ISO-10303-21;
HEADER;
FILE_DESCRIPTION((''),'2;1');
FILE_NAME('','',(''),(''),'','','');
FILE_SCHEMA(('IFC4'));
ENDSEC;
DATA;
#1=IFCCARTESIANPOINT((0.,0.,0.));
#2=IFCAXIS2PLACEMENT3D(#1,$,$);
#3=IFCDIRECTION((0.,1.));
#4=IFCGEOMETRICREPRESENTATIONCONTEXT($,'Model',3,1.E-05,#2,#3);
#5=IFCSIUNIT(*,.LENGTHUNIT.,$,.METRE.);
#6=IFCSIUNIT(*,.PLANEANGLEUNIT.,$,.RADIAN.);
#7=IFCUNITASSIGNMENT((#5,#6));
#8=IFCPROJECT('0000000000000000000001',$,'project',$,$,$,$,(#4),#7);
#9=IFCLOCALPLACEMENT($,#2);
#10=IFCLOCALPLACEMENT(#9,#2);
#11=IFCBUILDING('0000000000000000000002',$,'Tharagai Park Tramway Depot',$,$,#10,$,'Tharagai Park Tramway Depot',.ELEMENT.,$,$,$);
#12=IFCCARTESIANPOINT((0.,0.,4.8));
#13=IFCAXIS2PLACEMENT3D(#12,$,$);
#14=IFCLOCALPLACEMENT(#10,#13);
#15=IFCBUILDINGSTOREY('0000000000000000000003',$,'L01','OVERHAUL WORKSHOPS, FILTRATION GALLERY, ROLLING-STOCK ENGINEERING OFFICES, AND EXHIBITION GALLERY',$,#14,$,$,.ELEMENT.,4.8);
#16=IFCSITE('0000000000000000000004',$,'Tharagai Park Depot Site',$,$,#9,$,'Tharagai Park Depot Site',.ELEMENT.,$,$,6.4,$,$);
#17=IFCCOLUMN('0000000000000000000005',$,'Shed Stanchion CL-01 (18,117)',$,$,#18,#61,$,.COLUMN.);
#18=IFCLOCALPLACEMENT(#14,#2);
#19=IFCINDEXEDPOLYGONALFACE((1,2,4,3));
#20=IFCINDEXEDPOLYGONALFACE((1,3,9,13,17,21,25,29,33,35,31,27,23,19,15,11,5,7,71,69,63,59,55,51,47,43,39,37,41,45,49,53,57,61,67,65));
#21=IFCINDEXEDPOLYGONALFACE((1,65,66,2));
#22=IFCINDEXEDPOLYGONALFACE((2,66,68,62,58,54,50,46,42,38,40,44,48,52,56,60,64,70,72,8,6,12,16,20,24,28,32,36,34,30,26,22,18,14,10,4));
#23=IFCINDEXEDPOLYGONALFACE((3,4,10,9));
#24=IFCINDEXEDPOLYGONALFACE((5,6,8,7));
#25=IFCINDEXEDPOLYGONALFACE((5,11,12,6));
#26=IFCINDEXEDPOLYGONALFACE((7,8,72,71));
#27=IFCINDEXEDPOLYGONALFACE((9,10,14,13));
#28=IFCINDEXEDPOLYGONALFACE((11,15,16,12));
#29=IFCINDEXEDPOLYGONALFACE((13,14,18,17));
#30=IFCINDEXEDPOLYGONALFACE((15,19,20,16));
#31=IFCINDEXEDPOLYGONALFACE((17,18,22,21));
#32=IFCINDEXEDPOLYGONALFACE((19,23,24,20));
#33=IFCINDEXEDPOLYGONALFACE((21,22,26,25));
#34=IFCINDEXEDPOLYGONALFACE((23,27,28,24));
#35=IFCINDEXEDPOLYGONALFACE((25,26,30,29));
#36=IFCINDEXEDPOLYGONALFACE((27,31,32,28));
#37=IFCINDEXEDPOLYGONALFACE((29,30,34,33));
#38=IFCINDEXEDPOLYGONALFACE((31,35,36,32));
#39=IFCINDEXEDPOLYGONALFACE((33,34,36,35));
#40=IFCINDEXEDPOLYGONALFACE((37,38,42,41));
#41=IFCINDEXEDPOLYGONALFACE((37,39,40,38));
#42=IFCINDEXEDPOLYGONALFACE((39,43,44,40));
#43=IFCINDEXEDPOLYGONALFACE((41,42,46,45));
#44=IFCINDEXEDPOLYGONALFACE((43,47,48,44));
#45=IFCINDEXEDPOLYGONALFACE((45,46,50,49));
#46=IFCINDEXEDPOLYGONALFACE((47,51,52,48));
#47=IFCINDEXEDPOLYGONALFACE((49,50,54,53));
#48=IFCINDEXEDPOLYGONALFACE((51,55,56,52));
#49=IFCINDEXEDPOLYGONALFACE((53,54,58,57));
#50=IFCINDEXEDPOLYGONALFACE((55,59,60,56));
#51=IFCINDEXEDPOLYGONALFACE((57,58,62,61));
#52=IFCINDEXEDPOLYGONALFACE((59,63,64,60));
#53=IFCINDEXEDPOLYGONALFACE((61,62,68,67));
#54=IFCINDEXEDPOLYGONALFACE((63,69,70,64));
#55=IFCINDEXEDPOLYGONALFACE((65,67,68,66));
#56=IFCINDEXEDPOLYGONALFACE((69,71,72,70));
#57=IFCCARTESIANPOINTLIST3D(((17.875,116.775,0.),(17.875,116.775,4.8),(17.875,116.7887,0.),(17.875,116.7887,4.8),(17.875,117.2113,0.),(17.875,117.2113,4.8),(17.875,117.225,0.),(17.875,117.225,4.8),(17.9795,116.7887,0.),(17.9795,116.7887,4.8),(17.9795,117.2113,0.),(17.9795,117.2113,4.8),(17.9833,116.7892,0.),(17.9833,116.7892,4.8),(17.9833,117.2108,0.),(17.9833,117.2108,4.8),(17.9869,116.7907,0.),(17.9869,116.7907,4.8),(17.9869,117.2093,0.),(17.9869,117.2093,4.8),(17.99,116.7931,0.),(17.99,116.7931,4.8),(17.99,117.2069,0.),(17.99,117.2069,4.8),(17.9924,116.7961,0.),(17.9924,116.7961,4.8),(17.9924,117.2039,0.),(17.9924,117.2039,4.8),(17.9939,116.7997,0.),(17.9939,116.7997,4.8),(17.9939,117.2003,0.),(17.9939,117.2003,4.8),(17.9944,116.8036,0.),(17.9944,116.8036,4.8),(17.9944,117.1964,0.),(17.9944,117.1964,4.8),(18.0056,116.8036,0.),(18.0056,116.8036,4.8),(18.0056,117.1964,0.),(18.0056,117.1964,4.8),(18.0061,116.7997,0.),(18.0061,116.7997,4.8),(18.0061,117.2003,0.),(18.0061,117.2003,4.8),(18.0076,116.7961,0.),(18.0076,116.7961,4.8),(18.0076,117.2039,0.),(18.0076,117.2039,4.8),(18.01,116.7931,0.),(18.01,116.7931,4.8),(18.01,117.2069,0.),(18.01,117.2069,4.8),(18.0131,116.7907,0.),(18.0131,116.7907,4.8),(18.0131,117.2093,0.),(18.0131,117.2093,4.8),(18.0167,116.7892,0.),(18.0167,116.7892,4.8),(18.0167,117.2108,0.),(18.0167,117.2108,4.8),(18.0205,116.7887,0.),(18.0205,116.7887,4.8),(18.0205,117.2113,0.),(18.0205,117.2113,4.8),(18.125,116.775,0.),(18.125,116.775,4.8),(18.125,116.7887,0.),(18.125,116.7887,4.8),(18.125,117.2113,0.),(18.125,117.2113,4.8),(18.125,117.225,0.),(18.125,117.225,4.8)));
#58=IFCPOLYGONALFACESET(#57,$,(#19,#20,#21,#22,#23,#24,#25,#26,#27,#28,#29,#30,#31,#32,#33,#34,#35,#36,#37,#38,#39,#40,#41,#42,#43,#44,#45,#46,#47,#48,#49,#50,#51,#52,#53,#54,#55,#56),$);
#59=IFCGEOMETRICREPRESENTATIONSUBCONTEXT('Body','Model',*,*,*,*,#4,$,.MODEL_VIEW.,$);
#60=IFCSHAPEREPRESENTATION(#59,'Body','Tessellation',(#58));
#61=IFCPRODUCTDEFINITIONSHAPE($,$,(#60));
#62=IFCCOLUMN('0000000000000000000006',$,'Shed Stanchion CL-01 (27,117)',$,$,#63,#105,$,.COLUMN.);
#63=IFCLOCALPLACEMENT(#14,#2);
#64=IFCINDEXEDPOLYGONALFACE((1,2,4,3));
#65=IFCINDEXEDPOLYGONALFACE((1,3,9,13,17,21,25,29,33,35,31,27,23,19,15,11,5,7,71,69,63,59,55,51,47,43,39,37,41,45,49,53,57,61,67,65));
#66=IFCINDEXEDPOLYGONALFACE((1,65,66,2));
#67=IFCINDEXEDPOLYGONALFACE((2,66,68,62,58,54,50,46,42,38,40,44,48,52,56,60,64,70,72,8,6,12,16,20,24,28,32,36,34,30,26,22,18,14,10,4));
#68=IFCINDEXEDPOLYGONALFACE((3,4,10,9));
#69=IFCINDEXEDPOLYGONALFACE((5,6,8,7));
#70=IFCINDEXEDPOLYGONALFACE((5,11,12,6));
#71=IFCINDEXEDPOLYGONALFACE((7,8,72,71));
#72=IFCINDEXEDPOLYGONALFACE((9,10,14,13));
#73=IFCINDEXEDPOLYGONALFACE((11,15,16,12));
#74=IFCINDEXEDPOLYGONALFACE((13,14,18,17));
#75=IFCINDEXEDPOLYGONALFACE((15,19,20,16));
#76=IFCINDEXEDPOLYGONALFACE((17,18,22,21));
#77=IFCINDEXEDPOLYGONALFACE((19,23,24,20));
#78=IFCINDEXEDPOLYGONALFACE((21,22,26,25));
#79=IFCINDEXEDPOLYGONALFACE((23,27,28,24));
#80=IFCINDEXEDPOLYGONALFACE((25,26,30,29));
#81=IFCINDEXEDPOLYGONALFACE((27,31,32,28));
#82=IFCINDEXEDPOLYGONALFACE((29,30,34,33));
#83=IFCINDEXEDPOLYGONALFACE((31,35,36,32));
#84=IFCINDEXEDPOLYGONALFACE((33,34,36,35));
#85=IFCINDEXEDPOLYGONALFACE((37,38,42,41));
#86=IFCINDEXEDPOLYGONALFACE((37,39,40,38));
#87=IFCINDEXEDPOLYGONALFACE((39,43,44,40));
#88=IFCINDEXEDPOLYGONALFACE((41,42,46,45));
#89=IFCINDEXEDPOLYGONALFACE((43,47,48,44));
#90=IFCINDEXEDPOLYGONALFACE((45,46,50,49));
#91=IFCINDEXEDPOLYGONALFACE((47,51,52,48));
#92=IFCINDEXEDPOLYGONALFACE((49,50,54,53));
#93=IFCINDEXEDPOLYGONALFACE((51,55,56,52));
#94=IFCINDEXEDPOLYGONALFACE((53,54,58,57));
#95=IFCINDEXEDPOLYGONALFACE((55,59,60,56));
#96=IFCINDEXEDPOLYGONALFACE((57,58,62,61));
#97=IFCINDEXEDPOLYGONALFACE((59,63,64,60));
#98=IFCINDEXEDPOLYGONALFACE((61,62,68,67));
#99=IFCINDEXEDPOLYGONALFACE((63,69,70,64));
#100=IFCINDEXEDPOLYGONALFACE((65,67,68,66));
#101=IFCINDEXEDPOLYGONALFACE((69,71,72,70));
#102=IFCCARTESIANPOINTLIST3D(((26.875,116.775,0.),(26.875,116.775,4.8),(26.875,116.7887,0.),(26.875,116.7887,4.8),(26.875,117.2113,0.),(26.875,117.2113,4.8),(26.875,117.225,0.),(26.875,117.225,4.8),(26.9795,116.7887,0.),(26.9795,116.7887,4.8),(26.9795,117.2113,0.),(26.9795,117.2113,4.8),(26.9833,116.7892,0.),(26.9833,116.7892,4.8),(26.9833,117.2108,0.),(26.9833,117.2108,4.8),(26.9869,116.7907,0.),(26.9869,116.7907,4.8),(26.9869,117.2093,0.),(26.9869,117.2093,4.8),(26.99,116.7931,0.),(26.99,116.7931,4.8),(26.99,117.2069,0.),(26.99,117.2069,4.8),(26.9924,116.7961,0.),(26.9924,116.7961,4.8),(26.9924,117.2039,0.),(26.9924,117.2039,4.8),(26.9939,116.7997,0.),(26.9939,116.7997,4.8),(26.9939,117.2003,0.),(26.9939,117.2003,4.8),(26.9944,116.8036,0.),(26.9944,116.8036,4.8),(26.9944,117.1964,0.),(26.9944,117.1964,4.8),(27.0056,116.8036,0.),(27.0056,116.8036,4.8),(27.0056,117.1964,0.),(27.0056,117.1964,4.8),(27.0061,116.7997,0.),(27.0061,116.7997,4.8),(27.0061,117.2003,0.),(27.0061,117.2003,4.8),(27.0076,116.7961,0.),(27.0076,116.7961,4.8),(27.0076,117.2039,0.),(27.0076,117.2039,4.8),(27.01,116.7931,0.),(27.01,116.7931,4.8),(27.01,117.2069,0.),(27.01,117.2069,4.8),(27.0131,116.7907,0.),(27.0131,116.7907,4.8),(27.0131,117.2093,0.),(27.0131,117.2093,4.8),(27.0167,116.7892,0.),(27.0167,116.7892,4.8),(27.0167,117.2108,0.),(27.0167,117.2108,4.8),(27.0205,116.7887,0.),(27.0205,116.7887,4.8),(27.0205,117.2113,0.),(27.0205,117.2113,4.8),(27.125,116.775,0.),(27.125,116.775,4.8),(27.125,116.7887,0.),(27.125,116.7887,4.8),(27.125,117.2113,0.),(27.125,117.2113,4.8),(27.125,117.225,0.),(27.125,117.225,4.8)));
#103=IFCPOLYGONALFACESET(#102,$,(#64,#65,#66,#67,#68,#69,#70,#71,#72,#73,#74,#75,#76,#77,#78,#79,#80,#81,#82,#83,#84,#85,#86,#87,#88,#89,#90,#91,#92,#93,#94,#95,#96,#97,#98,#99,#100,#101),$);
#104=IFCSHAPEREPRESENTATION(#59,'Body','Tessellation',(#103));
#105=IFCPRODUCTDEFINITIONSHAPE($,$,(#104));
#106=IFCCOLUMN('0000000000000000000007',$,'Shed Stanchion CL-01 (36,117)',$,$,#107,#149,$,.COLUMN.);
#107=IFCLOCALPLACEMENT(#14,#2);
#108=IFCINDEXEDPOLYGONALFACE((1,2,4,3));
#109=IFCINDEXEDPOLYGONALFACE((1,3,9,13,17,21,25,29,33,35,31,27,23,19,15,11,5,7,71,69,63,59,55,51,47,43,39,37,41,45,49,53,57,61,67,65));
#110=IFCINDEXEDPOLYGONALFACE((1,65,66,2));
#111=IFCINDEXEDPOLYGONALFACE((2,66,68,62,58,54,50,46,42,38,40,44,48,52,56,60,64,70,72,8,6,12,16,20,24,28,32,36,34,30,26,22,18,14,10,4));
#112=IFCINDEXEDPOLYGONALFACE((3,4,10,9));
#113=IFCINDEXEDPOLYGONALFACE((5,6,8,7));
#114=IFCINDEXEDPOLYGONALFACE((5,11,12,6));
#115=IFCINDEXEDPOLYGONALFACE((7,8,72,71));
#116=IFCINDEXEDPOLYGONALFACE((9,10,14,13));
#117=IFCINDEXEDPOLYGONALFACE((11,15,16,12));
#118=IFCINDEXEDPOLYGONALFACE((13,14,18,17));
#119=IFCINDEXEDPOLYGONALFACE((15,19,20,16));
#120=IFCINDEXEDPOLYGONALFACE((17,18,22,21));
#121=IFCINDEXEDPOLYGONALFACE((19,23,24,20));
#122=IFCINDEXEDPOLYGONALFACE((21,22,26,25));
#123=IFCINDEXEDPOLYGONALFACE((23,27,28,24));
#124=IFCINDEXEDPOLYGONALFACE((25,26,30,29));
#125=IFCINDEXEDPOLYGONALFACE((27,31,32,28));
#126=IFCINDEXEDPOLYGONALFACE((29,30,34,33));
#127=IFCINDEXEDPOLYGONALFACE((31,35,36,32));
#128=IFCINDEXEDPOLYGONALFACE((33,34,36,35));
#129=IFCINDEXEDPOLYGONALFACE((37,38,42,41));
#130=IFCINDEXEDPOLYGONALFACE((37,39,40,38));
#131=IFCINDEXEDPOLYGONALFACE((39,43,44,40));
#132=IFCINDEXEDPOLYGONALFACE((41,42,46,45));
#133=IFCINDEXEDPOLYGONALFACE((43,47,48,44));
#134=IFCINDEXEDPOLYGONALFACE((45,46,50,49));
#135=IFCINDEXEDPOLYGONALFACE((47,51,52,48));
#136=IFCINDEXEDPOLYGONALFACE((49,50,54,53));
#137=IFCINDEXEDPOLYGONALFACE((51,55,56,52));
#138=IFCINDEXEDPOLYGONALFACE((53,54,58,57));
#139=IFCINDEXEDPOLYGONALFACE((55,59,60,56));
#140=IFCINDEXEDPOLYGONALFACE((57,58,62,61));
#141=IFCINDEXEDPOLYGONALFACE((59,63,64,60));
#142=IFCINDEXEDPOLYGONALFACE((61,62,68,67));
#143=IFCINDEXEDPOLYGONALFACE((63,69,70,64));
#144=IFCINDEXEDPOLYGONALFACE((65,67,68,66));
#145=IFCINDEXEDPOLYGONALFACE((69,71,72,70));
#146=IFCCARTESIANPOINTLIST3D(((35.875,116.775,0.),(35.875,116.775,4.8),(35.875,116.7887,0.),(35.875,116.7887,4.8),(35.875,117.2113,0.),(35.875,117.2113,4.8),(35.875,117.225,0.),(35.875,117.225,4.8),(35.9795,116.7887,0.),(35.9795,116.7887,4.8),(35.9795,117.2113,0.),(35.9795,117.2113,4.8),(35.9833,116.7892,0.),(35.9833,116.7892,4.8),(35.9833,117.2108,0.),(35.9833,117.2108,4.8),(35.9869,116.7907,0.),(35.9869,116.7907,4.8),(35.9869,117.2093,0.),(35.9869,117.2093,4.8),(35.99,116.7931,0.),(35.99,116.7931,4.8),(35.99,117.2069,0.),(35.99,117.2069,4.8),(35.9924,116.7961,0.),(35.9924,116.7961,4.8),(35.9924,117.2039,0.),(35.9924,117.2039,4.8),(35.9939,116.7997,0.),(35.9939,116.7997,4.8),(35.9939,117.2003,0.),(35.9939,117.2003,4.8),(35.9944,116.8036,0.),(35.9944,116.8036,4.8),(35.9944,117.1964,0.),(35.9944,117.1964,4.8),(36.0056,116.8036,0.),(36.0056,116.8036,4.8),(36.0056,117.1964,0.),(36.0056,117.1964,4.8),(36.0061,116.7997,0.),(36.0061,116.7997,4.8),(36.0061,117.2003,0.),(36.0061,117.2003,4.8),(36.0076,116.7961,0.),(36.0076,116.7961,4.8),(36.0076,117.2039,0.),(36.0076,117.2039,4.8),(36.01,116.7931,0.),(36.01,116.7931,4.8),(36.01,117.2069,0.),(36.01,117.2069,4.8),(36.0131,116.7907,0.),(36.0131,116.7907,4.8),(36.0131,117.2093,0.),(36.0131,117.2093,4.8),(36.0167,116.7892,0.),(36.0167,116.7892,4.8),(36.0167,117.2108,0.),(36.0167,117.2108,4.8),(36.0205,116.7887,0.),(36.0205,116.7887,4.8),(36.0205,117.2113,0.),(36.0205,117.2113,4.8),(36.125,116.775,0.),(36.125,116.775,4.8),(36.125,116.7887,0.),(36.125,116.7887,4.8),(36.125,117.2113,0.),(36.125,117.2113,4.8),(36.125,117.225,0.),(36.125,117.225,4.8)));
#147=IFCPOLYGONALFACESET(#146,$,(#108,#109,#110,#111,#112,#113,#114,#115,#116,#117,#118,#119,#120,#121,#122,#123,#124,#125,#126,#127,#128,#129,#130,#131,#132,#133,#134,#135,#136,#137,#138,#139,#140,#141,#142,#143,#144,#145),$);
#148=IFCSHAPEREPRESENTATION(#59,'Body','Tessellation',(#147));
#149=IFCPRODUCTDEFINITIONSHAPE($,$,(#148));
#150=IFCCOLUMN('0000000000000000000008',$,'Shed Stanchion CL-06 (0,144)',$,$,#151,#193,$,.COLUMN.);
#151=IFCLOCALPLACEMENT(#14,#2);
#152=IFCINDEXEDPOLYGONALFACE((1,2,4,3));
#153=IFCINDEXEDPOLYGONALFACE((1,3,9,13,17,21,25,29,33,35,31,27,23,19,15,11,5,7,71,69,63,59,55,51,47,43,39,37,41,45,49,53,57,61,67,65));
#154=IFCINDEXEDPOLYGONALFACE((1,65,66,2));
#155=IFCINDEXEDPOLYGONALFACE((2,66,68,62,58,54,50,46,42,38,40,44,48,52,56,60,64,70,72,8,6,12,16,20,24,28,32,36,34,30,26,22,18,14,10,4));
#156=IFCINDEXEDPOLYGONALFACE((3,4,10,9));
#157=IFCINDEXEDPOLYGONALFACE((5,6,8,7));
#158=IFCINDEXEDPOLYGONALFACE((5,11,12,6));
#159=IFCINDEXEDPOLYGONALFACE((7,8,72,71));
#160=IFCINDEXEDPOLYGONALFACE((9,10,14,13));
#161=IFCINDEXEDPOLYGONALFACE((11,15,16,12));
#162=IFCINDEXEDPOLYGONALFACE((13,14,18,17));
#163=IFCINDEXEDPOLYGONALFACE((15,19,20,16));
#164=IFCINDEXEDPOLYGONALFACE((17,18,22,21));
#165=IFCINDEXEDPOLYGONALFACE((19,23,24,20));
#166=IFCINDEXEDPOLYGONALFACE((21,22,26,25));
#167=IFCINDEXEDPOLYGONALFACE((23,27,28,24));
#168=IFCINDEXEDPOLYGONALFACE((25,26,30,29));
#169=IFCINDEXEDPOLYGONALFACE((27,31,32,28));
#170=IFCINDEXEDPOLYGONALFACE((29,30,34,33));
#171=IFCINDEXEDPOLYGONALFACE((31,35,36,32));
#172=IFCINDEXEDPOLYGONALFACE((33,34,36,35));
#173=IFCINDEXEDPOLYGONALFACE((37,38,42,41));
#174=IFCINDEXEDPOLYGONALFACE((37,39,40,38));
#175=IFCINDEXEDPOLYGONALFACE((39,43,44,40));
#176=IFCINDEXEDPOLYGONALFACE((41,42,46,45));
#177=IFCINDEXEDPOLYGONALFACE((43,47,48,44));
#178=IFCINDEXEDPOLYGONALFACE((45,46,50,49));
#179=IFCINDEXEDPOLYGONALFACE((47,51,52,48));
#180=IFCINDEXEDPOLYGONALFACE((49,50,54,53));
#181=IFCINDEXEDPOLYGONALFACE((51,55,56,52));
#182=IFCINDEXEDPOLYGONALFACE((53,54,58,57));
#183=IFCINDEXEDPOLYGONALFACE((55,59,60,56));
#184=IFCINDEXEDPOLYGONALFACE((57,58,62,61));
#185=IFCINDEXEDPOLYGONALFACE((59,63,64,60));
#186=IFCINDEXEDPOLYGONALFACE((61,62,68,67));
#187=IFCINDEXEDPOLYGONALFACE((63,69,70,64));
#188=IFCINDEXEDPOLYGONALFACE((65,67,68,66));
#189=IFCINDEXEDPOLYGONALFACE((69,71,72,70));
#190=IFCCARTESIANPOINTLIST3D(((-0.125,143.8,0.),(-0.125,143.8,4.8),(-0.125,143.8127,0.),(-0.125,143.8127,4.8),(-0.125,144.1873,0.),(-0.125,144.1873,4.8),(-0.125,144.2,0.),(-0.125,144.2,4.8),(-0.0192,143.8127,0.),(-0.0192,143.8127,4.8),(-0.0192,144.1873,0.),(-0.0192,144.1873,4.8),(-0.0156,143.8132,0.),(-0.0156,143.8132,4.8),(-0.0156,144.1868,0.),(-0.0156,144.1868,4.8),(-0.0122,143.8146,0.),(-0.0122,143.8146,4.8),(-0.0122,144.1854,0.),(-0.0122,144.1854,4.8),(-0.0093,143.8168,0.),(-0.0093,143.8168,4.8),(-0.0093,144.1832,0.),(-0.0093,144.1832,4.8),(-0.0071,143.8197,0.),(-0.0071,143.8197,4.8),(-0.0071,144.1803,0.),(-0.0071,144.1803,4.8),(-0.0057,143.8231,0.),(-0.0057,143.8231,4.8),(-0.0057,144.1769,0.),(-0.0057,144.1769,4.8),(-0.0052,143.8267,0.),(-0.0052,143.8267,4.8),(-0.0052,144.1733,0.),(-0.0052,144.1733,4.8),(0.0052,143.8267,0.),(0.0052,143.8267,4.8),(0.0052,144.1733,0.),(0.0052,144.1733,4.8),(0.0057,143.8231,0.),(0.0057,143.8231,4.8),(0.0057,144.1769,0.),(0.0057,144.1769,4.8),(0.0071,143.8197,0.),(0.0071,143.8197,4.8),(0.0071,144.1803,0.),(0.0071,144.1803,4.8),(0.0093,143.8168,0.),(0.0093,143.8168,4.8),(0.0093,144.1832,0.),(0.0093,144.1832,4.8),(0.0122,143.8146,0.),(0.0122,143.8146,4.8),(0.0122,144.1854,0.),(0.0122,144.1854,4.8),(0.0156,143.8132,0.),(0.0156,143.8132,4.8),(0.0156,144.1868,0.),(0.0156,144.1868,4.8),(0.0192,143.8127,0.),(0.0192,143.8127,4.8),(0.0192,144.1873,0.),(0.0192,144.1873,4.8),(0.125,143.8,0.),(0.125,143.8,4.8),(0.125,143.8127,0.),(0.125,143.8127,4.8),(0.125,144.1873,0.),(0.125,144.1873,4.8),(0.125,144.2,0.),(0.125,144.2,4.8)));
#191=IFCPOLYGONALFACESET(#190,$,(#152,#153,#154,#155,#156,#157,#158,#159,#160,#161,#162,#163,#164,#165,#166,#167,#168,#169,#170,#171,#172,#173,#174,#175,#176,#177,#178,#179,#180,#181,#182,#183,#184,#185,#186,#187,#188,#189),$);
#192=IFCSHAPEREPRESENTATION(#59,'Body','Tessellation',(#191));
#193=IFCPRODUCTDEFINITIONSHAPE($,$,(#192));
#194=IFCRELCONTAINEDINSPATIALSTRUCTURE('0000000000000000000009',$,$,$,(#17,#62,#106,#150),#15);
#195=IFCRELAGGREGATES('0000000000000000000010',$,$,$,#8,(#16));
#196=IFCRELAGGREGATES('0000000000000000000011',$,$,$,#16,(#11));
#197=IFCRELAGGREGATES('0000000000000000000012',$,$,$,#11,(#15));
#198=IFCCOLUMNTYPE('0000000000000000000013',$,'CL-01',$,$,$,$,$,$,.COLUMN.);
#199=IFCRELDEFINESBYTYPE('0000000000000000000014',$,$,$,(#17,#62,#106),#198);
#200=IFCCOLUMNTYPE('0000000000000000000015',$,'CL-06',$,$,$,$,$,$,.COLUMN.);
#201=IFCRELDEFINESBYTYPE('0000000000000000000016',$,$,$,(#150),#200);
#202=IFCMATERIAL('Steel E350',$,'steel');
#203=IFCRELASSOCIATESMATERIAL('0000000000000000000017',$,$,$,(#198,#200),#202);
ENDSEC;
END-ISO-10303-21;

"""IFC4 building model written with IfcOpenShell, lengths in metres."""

from ifc_helpers import new_model, si_unit, direction, frame, origin, origin_2d, place, context, subcontext, project, spatial, i_section, extrude, material, material_profile, profile_set, type_object, element, save


model = new_model("IFC4")

# Units and contexts
model_context = context("Model", 3, precision=1e-05, world=origin(), true_north=direction((0.0, 1.0)))
body_context = subcontext(model_context, "Body", "Model", "MODEL_VIEW")
ifc_project = project(units=[si_unit("LENGTHUNIT", "METRE"), si_unit("PLANEANGLEUNIT", "RADIAN")], contexts=[model_context])

# Site, building, storey
site_placement = place(None, origin())
site = spatial("IfcSite", under=ifc_project, at=site_placement, Name="Tharagai Park Depot Site", LongName="Tharagai Park Depot Site", CompositionType="ELEMENT", RefElevation=6.4)
building_placement = place(site_placement, origin())
building = spatial("IfcBuilding", under=site, at=building_placement, Name="Tharagai Park Tramway Depot", LongName="Tharagai Park Tramway Depot", CompositionType="ELEMENT")
storey_placement = place(building_placement, frame((0.0, 0.0, 4.8)))
storey = spatial("IfcBuildingStorey", under=building, at=storey_placement, Name="L01", Description="OVERHAUL WORKSHOPS, FILTRATION GALLERY, ROLLING-STOCK ENGINEERING OFFICES, AND EXHIBITION GALLERY", CompositionType="ELEMENT", Elevation=4.8)

# Columns
ifc_material_1 = material(Name="Steel E350", Category="steel")
ifc_material_profile_1 = material_profile(ifc_material_1, i_section(OverallWidth=0.25, OverallDepth=0.45, WebThickness=0.0112, FlangeThickness=0.0137, FilletRadius=0.0149, at=origin_2d()), Name="ISHB 450")
ifc_profile_set_1 = profile_set([ifc_material_profile_1], Name="Steel E350")
column_type_1 = type_object("IfcColumnType", Name="CL-01", PredefinedType="COLUMN", material=ifc_profile_set_1)
for number, where, z_axis, x_axis, name in (
    (1, (18.0, 117.0, 0.0), (0.0, 0.0, 1.0), (1.0, 0.0, 0.0), "Shed Stanchion CL-01 (18,117)"),
    (2, (27.0, 117.0, 0.0), (0.0, 0.0, 1.0), (1.0, 0.0, 0.0), "Shed Stanchion CL-01 (27,117)"),
    (3, (36.0, 117.0, 0.0), (0.0, 0.0, 1.0), (1.0, 0.0, 0.0), "Shed Stanchion CL-01 (36,117)"),
):
    element("IfcColumn", number, at=place(storey_placement, frame(where, z_axis=z_axis, x_axis=x_axis)), inside=storey, type_object=column_type_1, Name=name, PredefinedType="COLUMN", context=body_context, shape_type="SweptSolid", body=[
        extrude(i_section(OverallWidth=0.25, OverallDepth=0.45, WebThickness=0.0112, FlangeThickness=0.0137, FilletRadius=0.0149, at=origin_2d()), origin(), (0.0, 0.0, 1.0), 4.8),
    ])
ifc_material_profile_2 = material_profile(ifc_material_1, i_section(OverallWidth=0.25, OverallDepth=0.3999, WebThickness=0.0105, FlangeThickness=0.0127, FilletRadius=0.0139, at=origin_2d()), Name="ISHB 400")
ifc_profile_set_2 = profile_set([ifc_material_profile_2], Name="Steel E350")
column_type_2 = type_object("IfcColumnType", Name="CL-06", PredefinedType="COLUMN", material=ifc_profile_set_2)
column_placement = place(storey_placement, frame((0.0, 144.0, 0.0), z_axis=(0.0, 0.0, 1.0), x_axis=(1.0, 0.0, 0.0)))
element("IfcColumn", 4, at=column_placement, inside=storey, type_object=column_type_2, Name="Shed Stanchion CL-06 (0,144)", PredefinedType="COLUMN", context=body_context, shape_type="SweptSolid", body=[
    extrude(i_section(OverallWidth=0.25, OverallDepth=0.3999, WebThickness=0.0105, FlangeThickness=0.0127, FilletRadius=0.0139, at=origin_2d()), origin(), (0.0, 0.0, 1.0), 4.8),
])

save(model, "model.ifc")
